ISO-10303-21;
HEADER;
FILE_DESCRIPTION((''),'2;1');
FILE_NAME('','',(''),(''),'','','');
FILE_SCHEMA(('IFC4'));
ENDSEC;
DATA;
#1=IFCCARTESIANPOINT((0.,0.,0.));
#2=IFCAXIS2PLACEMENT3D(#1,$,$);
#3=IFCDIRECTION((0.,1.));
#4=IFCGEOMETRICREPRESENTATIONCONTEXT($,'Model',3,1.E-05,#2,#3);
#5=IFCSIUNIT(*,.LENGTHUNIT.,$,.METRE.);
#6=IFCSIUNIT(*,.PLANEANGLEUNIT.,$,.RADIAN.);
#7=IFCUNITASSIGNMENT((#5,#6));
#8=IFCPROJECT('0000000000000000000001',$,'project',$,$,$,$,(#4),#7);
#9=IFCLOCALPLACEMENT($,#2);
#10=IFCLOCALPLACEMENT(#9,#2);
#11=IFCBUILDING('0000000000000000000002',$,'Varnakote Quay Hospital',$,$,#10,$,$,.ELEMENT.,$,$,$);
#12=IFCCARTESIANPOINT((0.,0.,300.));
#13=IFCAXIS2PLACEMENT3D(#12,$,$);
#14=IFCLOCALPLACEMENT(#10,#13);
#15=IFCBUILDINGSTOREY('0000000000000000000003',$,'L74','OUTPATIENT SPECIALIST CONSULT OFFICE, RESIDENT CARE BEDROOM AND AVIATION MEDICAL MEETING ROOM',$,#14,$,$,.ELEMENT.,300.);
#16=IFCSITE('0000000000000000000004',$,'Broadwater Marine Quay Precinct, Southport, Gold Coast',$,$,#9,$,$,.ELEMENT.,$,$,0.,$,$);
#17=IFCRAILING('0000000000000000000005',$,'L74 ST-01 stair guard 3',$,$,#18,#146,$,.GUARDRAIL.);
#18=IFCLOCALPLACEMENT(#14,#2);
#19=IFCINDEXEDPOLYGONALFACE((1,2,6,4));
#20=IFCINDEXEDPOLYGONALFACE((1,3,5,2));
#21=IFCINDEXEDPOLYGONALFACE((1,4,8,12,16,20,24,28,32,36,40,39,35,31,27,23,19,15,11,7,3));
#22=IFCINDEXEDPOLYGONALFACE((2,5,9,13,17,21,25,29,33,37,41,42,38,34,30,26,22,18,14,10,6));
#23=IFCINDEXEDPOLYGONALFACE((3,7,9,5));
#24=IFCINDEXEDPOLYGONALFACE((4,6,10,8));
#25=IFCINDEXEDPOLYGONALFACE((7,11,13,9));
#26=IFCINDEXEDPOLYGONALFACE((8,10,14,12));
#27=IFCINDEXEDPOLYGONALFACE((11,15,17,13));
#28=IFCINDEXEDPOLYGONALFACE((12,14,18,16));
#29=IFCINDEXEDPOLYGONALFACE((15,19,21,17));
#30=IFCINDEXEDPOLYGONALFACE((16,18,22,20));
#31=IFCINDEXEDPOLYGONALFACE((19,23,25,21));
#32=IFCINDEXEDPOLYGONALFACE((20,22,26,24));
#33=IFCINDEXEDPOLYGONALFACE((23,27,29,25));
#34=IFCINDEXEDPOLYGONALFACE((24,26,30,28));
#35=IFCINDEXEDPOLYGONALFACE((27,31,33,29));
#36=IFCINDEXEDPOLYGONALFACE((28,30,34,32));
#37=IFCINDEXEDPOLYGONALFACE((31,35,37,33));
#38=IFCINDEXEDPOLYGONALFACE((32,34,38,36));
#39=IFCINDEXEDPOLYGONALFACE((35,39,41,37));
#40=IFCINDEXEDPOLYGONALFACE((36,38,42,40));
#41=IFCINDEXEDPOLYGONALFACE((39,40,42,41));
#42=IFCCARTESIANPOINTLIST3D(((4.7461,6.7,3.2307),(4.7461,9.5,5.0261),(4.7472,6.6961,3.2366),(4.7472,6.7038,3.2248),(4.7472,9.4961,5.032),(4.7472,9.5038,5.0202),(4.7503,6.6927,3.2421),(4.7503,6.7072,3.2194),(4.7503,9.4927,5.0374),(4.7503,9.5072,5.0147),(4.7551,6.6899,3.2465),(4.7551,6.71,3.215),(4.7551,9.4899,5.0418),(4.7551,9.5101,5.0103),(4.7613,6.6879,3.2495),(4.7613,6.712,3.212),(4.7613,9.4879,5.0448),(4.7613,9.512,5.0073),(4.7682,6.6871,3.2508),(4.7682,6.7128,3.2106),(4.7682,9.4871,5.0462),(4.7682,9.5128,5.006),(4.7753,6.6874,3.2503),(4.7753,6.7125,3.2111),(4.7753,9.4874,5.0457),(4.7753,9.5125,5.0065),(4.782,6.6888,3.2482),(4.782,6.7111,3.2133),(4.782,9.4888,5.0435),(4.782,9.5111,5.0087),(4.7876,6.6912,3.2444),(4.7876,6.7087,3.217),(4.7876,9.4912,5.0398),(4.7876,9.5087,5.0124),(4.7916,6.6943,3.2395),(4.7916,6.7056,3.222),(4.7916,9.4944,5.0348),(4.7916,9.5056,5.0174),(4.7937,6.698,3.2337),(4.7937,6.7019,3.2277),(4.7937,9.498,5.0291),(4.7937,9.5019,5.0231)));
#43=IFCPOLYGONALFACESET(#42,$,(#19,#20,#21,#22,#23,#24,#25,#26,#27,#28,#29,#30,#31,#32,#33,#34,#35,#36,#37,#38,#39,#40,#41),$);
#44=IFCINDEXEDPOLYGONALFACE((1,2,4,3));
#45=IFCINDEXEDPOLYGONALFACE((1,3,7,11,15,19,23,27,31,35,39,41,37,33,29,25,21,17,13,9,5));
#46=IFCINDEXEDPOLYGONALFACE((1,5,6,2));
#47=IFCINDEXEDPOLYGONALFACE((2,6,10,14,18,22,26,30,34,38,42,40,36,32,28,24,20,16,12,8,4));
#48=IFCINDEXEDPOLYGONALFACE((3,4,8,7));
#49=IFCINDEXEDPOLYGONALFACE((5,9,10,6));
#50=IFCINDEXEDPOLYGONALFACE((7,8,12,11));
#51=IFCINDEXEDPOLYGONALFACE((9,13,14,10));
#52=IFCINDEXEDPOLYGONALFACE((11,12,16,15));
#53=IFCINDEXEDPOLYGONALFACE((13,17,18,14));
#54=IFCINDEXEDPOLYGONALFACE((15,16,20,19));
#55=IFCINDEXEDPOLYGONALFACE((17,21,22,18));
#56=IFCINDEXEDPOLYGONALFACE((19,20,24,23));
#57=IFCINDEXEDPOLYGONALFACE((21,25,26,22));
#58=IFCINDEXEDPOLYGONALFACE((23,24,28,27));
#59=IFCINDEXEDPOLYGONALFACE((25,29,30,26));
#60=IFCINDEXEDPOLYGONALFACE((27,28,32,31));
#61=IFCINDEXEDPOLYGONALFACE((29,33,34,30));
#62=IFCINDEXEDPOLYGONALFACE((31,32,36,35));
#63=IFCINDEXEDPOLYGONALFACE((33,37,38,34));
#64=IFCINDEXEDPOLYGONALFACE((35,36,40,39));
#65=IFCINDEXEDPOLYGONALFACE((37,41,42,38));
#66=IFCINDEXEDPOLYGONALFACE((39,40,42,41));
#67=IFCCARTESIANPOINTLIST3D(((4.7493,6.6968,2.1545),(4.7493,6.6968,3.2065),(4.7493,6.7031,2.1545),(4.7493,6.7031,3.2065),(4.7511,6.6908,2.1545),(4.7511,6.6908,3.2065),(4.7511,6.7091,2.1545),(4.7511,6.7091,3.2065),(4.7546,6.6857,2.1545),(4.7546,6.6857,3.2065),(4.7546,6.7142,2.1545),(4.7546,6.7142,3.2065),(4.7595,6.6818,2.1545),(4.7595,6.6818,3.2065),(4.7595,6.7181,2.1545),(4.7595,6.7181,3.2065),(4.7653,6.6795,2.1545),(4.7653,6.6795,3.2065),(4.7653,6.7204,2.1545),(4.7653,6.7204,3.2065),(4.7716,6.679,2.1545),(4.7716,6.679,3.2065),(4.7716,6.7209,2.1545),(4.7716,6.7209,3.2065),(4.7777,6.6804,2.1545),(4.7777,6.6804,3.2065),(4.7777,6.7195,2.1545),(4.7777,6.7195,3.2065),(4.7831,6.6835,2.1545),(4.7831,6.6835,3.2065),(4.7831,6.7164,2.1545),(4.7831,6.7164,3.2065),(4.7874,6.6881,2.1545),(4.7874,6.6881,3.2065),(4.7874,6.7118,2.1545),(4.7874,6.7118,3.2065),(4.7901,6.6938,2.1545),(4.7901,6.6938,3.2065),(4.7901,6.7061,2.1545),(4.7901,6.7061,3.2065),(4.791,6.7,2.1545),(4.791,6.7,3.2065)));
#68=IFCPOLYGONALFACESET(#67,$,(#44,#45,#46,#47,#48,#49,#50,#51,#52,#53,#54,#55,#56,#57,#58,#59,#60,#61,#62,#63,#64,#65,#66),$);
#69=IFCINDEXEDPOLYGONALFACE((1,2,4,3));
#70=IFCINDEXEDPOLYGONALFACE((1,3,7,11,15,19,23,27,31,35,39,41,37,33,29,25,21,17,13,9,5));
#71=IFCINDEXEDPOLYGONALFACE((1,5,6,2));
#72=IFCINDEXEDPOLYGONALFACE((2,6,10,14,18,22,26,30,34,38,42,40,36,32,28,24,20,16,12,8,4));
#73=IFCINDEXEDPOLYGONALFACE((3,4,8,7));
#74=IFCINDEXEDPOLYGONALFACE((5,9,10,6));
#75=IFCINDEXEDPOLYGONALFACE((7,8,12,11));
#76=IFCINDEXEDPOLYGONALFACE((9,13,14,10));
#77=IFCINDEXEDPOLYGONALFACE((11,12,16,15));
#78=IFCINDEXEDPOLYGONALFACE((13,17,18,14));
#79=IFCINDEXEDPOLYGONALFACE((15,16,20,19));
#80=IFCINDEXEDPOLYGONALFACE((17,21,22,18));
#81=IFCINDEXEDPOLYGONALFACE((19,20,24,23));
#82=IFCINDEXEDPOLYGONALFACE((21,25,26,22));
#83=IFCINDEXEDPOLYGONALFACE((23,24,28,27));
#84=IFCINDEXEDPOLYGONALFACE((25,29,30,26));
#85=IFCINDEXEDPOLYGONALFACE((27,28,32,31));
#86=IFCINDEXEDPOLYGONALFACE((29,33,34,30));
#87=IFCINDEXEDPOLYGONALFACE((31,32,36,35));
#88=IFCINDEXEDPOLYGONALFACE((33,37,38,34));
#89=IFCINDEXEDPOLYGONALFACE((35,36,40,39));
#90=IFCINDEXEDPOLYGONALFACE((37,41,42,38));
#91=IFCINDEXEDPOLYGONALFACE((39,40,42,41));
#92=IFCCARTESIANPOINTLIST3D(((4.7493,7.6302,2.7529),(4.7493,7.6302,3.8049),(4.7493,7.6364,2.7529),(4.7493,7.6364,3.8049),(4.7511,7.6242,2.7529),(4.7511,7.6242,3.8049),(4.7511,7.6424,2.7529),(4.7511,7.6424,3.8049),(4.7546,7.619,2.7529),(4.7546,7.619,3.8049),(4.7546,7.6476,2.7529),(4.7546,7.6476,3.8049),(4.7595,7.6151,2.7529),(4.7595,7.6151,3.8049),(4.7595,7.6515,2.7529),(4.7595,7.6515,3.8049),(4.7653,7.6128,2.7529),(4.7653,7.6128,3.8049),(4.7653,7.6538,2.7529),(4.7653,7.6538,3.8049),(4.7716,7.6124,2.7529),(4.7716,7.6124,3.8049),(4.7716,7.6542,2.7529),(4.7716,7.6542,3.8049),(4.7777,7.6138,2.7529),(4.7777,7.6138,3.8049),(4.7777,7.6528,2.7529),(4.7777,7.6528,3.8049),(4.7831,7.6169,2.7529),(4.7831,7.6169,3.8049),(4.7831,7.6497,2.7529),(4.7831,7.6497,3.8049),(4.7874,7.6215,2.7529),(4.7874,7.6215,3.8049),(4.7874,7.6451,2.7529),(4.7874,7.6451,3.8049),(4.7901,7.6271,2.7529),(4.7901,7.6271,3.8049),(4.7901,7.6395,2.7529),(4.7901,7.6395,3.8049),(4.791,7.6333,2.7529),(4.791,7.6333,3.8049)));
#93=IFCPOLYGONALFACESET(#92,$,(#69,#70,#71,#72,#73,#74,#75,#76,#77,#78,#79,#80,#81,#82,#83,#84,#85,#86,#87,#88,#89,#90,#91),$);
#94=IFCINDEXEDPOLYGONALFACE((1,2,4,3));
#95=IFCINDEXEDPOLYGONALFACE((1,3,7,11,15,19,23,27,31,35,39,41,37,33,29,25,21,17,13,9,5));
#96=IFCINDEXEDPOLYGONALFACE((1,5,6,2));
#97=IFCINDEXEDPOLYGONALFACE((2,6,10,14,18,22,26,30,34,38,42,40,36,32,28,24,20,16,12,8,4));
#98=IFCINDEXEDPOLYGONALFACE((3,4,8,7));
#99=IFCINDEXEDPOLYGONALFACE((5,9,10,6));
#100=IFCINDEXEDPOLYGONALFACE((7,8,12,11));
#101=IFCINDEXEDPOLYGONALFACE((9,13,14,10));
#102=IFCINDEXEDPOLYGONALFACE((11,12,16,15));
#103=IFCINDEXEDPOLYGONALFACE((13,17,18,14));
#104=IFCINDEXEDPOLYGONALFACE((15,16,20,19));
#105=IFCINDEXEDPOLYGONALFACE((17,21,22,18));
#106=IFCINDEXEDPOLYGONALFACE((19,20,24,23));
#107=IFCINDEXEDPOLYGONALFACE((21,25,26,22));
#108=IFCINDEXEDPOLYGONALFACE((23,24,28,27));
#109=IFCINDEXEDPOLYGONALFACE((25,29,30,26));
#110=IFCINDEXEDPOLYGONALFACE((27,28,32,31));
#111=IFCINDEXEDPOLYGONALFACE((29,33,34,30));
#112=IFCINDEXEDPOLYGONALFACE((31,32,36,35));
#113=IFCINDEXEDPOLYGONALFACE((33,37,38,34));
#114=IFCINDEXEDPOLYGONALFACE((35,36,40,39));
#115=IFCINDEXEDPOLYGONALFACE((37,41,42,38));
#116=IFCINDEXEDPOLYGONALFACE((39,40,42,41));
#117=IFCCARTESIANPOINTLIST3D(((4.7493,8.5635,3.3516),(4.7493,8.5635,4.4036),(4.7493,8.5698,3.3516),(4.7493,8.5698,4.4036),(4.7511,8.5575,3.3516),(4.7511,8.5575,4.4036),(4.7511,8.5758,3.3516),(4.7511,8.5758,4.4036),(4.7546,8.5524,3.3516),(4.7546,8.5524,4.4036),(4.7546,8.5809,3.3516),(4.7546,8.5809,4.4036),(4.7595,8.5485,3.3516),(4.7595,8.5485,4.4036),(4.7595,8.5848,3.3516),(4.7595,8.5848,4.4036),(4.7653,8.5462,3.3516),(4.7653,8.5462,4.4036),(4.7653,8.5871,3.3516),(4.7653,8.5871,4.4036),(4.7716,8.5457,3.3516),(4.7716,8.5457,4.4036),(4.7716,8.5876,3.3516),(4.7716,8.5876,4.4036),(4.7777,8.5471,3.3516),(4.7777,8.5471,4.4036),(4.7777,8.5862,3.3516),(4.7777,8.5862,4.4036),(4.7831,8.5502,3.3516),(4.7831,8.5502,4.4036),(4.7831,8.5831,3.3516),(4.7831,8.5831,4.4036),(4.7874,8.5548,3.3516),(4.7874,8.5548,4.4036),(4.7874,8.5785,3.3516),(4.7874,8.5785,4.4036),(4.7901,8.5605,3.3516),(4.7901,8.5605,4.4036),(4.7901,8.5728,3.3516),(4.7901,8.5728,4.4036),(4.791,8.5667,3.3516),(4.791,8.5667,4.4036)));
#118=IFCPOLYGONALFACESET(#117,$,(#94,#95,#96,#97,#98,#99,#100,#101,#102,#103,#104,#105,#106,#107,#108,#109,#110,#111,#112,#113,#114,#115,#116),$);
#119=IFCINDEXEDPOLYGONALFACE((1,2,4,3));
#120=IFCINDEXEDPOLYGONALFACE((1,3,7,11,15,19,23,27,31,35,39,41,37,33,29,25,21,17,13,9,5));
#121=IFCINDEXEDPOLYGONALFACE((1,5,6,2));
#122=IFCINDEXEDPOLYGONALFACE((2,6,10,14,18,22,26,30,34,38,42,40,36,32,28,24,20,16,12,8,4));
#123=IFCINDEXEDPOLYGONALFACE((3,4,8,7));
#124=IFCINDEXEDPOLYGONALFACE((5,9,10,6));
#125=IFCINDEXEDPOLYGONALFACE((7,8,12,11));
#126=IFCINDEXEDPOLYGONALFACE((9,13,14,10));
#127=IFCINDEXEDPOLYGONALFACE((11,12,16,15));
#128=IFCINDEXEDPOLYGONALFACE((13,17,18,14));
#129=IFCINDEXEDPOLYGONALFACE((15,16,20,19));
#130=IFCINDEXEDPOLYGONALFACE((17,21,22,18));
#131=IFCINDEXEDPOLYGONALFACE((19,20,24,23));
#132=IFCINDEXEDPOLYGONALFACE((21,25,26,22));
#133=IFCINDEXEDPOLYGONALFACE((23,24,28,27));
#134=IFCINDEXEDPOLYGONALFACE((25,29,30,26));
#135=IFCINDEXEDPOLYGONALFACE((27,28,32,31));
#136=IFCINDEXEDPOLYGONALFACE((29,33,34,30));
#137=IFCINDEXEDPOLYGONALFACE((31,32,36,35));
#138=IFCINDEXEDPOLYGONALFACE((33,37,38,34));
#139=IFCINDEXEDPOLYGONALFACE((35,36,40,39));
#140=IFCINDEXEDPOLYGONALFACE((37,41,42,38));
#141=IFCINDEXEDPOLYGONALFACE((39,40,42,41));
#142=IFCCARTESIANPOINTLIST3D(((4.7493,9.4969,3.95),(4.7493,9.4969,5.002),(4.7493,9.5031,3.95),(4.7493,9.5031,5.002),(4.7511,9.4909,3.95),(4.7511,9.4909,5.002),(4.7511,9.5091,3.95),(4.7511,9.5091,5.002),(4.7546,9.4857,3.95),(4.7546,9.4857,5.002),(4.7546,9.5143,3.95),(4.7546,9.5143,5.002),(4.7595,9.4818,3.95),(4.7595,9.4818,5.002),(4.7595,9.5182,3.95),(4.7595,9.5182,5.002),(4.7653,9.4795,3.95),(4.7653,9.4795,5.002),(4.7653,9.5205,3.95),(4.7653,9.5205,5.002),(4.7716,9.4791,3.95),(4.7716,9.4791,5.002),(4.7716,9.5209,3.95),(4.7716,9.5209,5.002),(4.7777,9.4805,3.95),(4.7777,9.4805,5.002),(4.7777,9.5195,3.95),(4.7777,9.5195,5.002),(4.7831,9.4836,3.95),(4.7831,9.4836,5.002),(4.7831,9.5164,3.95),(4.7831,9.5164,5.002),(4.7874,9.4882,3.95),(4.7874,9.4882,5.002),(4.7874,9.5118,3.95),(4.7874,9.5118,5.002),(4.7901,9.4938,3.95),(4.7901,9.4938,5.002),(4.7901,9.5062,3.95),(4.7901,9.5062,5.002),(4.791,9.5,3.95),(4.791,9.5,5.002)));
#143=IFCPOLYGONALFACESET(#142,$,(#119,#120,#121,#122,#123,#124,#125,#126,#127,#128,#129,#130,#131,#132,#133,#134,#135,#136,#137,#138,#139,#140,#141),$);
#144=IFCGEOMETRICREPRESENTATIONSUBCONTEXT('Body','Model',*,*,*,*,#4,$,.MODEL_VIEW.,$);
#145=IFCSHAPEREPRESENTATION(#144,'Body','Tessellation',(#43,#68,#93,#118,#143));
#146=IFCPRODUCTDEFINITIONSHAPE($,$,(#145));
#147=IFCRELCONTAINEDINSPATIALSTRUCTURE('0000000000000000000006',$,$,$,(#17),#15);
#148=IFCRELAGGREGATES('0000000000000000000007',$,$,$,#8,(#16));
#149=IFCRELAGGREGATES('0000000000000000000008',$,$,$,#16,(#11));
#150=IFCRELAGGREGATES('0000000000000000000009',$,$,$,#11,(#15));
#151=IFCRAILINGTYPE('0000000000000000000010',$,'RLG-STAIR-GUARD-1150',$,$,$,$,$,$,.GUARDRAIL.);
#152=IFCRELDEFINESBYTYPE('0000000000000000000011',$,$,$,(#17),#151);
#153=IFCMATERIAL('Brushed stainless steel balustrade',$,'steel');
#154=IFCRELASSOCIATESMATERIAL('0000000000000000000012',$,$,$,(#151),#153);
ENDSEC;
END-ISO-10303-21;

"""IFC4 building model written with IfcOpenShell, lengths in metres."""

from ifc_helpers import new_model, si_unit, direction, frame, origin, origin_2d, place, context, subcontext, project, spatial, circle, extrude, material, type_object, element, save


model = new_model("IFC4")

# Units and contexts
model_context = context("Model", 3, precision=1e-05, world=origin(), true_north=direction((0.0, 1.0)))
body_context = subcontext(model_context, "Body", "Model", "MODEL_VIEW")
ifc_project = project(units=[si_unit("LENGTHUNIT", "METRE"), si_unit("PLANEANGLEUNIT", "RADIAN")], contexts=[model_context])

# Site, building, storey
site_placement = place(None, origin())
site = spatial("IfcSite", under=ifc_project, at=site_placement, Name="Broadwater Marine Quay Precinct, Southport, Gold Coast", CompositionType="ELEMENT", RefElevation=0.0)
building_placement = place(site_placement, origin())
building = spatial("IfcBuilding", under=site, at=building_placement, Name="Varnakote Quay Hospital", CompositionType="ELEMENT")
storey_placement = place(building_placement, frame((0.0, 0.0, 300.0)))
storey = spatial("IfcBuildingStorey", under=building, at=storey_placement, Name="L74", Description="OUTPATIENT SPECIALIST CONSULT OFFICE, RESIDENT CARE BEDROOM AND AVIATION MEDICAL MEETING ROOM", CompositionType="ELEMENT", Elevation=300.0)

# Railing
ifc_material_1 = material(Name="Brushed stainless steel balustrade", Category="steel")
railing_type_1 = type_object("IfcRailingType", Name="RLG-STAIR-GUARD-1150", PredefinedType="GUARDRAIL", material=ifc_material_1)
railing_1_placement = place(storey_placement, frame((4.77, 6.7, 2.1545)))
element("IfcRailing", 1, at=railing_1_placement, inside=storey, type_object=railing_type_1, Name="L74 ST-01 stair guard 3", PredefinedType="GUARDRAIL", context=body_context, shape_type="SweptSolid", body=[
    extrude(circle(Radius=0.0239, at=origin_2d()), frame((0.0, 0.0, 1.0762), z_axis=(0.0, 0.84181, 0.539774), x_axis=(-1.0, 0.0, 0.0)), (0.0, 0.0, 1.0), 3.3262),
    extrude(circle(Radius=0.021, at=origin_2d()), origin(), (0.0, 0.0, 1.0), 1.052),
    extrude(circle(Radius=0.021, at=origin_2d()), frame((0.0, 0.9333, 0.5984)), (0.0, 0.0, 1.0), 1.052),
    extrude(circle(Radius=0.021, at=origin_2d()), frame((0.0, 1.8667, 1.197)), (0.0, 0.0, 1.0), 1.052),
    extrude(circle(Radius=0.021, at=origin_2d()), frame((0.0, 2.8, 1.7954)), (0.0, 0.0, 1.0), 1.052),
])

save(model, "model.ifc")
